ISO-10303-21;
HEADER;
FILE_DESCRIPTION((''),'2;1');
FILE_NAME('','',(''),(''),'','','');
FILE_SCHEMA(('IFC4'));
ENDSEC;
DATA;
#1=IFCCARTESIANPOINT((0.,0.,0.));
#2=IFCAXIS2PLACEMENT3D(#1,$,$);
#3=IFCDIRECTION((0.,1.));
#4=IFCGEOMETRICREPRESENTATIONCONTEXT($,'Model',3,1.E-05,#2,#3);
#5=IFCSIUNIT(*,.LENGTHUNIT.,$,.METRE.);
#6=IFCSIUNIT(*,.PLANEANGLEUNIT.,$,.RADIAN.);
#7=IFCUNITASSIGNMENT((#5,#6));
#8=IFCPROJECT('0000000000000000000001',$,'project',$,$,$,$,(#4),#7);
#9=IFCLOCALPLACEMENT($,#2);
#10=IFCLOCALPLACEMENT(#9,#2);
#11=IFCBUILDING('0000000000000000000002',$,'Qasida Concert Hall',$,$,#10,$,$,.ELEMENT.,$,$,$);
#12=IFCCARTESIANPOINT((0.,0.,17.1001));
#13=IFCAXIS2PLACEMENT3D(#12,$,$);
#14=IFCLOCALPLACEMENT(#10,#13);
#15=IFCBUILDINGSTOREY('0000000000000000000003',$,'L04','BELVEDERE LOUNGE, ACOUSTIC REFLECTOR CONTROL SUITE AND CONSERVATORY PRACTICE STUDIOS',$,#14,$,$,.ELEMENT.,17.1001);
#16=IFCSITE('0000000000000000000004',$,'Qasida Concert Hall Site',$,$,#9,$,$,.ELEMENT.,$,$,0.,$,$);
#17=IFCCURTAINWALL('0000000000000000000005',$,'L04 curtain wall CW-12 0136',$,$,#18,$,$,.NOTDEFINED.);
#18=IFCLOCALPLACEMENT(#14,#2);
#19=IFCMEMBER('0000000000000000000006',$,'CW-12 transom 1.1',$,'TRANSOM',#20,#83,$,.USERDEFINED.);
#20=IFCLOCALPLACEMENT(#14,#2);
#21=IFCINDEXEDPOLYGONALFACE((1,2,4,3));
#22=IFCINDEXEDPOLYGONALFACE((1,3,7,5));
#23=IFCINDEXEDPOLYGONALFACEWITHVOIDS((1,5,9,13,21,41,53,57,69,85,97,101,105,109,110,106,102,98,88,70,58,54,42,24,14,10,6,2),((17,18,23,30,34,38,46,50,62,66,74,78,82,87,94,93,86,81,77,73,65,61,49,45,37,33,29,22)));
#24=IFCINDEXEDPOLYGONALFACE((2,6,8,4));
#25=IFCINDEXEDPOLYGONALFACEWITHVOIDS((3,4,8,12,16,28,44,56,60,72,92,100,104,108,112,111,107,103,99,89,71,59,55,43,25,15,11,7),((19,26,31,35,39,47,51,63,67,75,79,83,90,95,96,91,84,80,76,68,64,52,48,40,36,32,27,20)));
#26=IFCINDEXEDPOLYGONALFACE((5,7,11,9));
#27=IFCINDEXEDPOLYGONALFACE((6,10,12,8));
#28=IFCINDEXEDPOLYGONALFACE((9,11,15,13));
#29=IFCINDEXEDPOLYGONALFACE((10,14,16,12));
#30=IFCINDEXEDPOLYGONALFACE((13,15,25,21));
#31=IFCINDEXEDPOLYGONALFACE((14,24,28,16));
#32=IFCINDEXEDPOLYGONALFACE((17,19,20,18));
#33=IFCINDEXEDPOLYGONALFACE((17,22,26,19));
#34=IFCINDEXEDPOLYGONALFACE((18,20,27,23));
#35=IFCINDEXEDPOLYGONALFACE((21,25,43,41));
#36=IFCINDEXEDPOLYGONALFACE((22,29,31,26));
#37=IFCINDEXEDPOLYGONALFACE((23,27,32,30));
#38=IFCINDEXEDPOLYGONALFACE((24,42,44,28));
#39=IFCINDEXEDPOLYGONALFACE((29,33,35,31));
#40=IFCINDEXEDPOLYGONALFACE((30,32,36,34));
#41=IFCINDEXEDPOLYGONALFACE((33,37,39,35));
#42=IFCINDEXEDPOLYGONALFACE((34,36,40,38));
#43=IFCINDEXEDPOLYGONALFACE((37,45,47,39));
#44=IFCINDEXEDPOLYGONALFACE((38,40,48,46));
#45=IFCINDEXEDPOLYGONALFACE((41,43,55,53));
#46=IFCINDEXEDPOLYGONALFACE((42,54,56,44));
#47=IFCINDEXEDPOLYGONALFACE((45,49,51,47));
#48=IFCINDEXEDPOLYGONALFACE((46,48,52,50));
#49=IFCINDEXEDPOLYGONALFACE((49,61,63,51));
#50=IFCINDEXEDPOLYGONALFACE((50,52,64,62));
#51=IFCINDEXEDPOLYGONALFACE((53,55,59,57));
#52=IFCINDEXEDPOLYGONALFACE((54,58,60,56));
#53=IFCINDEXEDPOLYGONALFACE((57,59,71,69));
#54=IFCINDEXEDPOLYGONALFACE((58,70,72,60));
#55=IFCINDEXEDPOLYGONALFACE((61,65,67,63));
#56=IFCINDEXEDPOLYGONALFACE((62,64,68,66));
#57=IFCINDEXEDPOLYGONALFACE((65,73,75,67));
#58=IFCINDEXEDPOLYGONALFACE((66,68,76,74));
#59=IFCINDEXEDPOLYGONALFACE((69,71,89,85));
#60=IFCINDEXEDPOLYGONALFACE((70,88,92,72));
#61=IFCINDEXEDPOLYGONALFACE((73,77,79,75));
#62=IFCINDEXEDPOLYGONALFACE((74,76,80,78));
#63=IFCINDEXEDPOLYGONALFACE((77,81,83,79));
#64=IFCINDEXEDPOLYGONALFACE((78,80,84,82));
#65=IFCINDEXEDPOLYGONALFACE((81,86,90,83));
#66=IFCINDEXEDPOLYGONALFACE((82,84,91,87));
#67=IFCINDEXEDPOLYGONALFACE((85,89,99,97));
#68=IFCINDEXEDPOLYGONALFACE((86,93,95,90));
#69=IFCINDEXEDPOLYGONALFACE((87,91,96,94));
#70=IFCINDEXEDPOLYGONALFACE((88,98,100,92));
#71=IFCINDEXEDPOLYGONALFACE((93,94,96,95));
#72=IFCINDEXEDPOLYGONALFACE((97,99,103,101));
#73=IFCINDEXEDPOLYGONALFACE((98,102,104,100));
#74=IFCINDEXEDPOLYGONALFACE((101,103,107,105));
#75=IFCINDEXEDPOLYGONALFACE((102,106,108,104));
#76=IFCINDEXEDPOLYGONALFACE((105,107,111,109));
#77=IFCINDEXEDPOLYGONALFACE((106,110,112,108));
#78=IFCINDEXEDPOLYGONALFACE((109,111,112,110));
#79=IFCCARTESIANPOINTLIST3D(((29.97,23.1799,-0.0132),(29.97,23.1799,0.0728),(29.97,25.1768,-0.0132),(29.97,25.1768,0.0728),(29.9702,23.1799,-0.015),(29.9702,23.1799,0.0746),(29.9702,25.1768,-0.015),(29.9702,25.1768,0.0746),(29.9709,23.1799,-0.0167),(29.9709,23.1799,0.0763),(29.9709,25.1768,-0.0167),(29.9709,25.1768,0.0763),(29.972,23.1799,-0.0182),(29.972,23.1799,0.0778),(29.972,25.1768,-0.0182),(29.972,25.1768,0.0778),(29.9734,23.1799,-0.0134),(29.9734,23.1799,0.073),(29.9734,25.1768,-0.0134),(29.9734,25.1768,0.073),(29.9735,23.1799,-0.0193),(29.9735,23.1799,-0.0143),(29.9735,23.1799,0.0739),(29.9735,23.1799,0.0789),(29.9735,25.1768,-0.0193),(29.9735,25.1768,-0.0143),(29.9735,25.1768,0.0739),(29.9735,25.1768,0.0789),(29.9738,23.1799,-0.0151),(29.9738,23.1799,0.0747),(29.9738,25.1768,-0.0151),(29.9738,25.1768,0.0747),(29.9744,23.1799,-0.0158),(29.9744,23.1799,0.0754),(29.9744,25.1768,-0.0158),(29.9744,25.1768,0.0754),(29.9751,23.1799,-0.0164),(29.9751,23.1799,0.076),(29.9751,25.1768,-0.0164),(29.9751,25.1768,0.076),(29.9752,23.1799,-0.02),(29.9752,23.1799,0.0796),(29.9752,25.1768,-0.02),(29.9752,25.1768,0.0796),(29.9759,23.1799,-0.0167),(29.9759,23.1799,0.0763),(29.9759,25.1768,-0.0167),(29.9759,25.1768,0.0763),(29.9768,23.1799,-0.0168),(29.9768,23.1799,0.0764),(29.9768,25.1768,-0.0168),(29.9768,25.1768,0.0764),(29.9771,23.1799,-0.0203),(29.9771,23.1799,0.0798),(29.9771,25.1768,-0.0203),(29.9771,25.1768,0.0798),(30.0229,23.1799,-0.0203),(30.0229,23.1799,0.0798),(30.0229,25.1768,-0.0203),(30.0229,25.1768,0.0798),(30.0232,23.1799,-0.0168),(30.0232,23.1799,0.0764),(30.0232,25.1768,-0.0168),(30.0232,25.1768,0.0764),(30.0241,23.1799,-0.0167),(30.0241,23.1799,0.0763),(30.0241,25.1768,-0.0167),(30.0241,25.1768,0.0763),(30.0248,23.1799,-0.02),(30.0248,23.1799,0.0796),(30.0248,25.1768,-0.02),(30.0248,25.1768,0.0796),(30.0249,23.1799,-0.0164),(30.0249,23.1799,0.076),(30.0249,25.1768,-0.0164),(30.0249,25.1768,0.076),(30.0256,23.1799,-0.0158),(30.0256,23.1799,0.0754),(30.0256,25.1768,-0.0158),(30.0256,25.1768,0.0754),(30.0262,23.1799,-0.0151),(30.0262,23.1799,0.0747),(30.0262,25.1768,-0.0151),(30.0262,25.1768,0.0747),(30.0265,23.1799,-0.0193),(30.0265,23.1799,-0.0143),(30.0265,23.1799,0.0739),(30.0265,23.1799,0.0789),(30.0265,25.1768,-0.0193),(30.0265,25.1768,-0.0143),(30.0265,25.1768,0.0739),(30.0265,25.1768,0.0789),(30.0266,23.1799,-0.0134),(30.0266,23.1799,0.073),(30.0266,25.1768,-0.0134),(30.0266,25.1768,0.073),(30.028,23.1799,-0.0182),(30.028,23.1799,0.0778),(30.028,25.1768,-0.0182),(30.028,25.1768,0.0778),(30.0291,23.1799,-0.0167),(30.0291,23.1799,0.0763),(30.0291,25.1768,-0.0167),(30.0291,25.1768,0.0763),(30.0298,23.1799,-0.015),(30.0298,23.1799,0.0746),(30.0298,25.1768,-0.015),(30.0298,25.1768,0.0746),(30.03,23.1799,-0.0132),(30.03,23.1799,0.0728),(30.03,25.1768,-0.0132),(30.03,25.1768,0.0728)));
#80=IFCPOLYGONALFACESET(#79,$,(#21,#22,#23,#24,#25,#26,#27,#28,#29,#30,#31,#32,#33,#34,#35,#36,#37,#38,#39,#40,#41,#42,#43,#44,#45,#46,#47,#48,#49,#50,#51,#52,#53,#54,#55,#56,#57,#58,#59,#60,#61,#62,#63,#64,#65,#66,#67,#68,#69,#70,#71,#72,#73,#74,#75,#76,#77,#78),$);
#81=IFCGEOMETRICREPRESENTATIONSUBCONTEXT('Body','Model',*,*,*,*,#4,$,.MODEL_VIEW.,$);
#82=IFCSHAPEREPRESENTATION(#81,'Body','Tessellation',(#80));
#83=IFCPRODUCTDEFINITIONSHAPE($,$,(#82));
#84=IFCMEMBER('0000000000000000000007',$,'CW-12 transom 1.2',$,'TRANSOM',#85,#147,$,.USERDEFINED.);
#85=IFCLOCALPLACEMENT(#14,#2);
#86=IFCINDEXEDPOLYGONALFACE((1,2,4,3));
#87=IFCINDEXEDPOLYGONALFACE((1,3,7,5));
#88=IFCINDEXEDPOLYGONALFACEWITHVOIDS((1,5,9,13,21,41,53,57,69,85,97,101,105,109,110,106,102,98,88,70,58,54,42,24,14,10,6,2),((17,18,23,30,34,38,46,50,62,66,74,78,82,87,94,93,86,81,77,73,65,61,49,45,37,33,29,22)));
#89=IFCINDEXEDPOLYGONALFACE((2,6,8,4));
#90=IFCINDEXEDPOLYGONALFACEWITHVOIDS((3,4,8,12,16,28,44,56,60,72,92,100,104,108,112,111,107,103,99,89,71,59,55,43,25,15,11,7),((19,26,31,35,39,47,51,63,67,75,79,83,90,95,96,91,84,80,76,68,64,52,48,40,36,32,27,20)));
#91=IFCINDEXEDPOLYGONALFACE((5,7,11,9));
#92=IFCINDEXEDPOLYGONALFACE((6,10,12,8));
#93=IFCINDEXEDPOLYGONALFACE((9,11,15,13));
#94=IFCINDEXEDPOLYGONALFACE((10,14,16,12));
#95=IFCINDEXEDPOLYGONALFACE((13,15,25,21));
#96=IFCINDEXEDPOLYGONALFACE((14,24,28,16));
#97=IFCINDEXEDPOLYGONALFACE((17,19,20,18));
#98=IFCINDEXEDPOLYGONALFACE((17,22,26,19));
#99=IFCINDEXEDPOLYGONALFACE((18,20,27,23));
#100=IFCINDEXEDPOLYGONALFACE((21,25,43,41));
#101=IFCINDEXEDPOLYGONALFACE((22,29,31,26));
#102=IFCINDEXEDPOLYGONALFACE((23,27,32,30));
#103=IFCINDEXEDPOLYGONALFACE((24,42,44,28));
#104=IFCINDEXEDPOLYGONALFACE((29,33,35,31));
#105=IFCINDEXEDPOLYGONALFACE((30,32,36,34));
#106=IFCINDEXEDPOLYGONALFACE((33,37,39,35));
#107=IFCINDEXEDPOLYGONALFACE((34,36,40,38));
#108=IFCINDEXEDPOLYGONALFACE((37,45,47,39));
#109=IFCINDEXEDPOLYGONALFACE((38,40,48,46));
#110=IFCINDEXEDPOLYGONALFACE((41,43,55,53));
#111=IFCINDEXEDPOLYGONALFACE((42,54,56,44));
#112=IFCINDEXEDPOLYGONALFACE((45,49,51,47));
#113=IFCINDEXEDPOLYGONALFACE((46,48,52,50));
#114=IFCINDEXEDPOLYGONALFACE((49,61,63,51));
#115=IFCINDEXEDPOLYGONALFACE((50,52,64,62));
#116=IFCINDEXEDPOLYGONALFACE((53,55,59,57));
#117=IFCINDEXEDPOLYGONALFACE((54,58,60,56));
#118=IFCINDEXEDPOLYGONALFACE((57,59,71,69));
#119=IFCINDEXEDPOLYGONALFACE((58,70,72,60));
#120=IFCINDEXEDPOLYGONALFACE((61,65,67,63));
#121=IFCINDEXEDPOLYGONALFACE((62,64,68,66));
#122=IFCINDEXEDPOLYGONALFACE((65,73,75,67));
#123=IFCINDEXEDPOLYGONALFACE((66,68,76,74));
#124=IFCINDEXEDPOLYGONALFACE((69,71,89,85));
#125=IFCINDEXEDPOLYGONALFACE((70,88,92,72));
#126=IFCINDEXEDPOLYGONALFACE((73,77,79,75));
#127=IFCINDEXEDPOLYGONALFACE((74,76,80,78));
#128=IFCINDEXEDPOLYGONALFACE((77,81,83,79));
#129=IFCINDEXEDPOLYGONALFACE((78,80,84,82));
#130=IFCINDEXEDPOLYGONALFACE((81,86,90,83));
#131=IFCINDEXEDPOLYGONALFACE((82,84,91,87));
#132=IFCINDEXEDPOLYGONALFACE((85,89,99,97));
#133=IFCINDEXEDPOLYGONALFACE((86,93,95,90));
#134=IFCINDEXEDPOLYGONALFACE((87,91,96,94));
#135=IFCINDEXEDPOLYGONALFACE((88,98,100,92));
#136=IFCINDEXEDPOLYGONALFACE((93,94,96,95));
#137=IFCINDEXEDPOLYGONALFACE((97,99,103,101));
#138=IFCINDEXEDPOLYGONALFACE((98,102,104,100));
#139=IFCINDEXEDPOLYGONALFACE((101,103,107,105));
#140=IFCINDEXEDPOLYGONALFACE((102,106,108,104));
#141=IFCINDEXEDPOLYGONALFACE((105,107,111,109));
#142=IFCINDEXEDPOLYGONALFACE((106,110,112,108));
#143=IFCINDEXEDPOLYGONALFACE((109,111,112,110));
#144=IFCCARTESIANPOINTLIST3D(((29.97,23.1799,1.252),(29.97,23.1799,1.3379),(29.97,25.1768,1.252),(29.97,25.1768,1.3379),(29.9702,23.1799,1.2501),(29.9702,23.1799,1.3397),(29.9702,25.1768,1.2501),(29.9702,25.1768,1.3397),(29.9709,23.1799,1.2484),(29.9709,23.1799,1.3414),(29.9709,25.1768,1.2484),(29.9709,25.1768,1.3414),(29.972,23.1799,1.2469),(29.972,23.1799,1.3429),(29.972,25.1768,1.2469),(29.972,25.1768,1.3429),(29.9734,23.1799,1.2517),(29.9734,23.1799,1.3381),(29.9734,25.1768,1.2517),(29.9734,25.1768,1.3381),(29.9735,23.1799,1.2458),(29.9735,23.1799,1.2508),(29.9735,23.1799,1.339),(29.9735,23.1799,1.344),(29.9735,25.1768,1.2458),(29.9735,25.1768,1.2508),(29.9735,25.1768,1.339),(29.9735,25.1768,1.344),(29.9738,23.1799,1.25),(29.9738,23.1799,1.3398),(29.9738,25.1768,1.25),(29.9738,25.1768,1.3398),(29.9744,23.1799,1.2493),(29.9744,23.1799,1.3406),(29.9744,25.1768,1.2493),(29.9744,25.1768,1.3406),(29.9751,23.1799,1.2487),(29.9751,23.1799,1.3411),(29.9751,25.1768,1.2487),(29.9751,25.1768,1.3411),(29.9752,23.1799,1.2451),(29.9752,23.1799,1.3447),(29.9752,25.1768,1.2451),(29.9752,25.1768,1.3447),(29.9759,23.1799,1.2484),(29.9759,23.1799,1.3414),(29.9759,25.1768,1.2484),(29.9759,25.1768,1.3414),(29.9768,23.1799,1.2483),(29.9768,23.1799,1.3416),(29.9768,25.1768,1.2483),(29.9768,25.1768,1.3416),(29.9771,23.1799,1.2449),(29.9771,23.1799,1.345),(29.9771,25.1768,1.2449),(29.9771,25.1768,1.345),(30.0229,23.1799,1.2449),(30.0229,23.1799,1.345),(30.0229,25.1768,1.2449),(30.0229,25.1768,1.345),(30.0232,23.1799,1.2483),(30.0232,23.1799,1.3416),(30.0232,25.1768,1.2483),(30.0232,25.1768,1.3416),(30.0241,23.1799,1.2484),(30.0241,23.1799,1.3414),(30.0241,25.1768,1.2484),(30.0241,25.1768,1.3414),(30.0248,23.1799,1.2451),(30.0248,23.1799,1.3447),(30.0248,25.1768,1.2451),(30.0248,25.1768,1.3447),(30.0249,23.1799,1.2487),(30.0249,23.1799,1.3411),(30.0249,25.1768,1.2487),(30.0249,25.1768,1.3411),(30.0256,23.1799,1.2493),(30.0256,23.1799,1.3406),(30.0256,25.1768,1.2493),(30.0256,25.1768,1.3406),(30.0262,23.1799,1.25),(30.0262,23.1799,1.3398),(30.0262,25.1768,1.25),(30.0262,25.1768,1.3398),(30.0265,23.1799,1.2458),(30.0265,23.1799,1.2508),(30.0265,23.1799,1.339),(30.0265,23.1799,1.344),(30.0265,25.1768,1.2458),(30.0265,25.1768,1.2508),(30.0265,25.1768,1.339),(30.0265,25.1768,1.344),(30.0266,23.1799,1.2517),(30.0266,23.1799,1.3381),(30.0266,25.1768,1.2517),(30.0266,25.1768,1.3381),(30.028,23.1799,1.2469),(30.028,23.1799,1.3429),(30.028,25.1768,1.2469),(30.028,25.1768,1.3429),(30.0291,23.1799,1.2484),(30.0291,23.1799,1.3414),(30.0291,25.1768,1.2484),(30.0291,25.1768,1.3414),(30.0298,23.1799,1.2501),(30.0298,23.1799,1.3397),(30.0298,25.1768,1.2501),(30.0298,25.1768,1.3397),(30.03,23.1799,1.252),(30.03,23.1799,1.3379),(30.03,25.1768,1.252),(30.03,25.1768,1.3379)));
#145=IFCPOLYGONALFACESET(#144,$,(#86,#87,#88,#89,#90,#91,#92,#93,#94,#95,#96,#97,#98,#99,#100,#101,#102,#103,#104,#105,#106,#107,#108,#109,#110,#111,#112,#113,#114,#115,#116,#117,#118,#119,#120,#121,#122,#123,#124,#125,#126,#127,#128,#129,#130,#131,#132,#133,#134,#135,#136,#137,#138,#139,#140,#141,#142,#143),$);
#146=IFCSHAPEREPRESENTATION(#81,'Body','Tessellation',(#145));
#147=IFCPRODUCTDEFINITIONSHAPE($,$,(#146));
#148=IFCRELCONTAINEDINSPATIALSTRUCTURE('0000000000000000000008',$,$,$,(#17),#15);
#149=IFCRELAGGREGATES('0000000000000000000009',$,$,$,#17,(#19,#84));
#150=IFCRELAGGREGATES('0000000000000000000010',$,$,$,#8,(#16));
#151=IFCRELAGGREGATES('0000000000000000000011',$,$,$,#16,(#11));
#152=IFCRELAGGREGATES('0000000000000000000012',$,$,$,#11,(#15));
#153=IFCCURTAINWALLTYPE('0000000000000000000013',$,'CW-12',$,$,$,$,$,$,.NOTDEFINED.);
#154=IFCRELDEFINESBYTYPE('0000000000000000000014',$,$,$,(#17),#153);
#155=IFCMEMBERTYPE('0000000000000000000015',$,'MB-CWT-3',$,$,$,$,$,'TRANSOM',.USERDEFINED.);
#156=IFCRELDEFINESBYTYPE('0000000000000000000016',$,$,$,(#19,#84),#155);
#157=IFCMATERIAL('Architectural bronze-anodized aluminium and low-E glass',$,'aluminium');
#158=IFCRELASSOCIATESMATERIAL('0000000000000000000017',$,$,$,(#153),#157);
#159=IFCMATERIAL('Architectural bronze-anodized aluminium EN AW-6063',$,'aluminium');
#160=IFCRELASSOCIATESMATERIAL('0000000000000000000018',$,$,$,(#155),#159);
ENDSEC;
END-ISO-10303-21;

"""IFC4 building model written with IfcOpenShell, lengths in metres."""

from ifc_helpers import new_model, si_unit, direction, frame, origin, origin_2d, place, context, subcontext, project, spatial, hollow_rectangle, extrude, material, material_profile, profile_set, type_object, element, aggregate, save


model = new_model("IFC4")

# Units and contexts
model_context = context("Model", 3, precision=1e-05, world=origin(), true_north=direction((0.0, 1.0)))
body_context = subcontext(model_context, "Body", "Model", "MODEL_VIEW")
ifc_project = project(units=[si_unit("LENGTHUNIT", "METRE"), si_unit("PLANEANGLEUNIT", "RADIAN")], contexts=[model_context])

# Site, building, storey
site_placement = place(None, origin())
site = spatial("IfcSite", under=ifc_project, at=site_placement, Name="Qasida Concert Hall Site", CompositionType="ELEMENT", RefElevation=0.0)
building_placement = place(site_placement, origin())
building = spatial("IfcBuilding", under=site, at=building_placement, Name="Qasida Concert Hall", CompositionType="ELEMENT")
storey_placement = place(building_placement, frame((0.0, 0.0, 17.1001)))
storey = spatial("IfcBuildingStorey", under=building, at=storey_placement, Name="L04", Description="BELVEDERE LOUNGE, ACOUSTIC REFLECTOR CONTROL SUITE AND CONSERVATORY PRACTICE STUDIOS", CompositionType="ELEMENT", Elevation=17.1001)

# Curtain wall, members
ifc_material_1 = material(Name="Architectural bronze-anodized aluminium and low-E glass", Category="aluminium")
curtain_wall_type = type_object("IfcCurtainWallType", Name="CW-12", PredefinedType="NOTDEFINED", material=ifc_material_1)
curtain_wall_placement = place(storey_placement, origin())
curtain_wall = element("IfcCurtainWall", 1, at=curtain_wall_placement, inside=storey, type_object=curtain_wall_type, Name="L04 curtain wall CW-12 0136", PredefinedType="NOTDEFINED")
ifc_material_2 = material(Name="Architectural bronze-anodized aluminium EN AW-6063", Category="aluminium")
ifc_material_profile_1 = material_profile(ifc_material_2, hollow_rectangle(XDim=0.0601, YDim=0.1001, WallThickness=0.0034, InnerFilletRadius=0.0034, OuterFilletRadius=0.0071, at=origin_2d()), Name="CWT 100x60x3.5")
ifc_profile_set_1 = profile_set([ifc_material_profile_1], Name="Architectural bronze-anodized aluminium EN AW-6063")
member_type_1 = type_object("IfcMemberType", Name="MB-CWT-3", ElementType="TRANSOM", PredefinedType="USERDEFINED", material=ifc_profile_set_1)
member_1_placement = place(storey_placement, frame((30.0, 23.1799, 0.0298), z_axis=(0.0, 1.0, 0.0), x_axis=(-1.0, 0.0, 0.0)))
member_1 = element("IfcMember", 2, at=member_1_placement, type_object=member_type_1, Name="CW-12 transom 1.1", ObjectType="TRANSOM", PredefinedType="USERDEFINED", context=body_context, shape_type="SweptSolid", body=[
    extrude(hollow_rectangle(XDim=0.0601, YDim=0.1001, WallThickness=0.0034, InnerFilletRadius=0.0034, OuterFilletRadius=0.0071, at=origin_2d()), origin(), (0.0, 0.0, 1.0), 1.9968),
])
member_2_placement = place(storey_placement, frame((30.0, 23.1799, 1.2949), z_axis=(0.0, 1.0, 0.0), x_axis=(-1.0, 0.0, 0.0)))
member_2 = element("IfcMember", 3, at=member_2_placement, type_object=member_type_1, Name="CW-12 transom 1.2", ObjectType="TRANSOM", PredefinedType="USERDEFINED", context=body_context, shape_type="SweptSolid", body=[
    extrude(hollow_rectangle(XDim=0.0601, YDim=0.1001, WallThickness=0.0034, InnerFilletRadius=0.0034, OuterFilletRadius=0.0071, at=origin_2d()), origin(), (0.0, 0.0, 1.0), 1.9968),
])
aggregate(curtain_wall, [member_1, member_2])

save(model, "model.ifc")
